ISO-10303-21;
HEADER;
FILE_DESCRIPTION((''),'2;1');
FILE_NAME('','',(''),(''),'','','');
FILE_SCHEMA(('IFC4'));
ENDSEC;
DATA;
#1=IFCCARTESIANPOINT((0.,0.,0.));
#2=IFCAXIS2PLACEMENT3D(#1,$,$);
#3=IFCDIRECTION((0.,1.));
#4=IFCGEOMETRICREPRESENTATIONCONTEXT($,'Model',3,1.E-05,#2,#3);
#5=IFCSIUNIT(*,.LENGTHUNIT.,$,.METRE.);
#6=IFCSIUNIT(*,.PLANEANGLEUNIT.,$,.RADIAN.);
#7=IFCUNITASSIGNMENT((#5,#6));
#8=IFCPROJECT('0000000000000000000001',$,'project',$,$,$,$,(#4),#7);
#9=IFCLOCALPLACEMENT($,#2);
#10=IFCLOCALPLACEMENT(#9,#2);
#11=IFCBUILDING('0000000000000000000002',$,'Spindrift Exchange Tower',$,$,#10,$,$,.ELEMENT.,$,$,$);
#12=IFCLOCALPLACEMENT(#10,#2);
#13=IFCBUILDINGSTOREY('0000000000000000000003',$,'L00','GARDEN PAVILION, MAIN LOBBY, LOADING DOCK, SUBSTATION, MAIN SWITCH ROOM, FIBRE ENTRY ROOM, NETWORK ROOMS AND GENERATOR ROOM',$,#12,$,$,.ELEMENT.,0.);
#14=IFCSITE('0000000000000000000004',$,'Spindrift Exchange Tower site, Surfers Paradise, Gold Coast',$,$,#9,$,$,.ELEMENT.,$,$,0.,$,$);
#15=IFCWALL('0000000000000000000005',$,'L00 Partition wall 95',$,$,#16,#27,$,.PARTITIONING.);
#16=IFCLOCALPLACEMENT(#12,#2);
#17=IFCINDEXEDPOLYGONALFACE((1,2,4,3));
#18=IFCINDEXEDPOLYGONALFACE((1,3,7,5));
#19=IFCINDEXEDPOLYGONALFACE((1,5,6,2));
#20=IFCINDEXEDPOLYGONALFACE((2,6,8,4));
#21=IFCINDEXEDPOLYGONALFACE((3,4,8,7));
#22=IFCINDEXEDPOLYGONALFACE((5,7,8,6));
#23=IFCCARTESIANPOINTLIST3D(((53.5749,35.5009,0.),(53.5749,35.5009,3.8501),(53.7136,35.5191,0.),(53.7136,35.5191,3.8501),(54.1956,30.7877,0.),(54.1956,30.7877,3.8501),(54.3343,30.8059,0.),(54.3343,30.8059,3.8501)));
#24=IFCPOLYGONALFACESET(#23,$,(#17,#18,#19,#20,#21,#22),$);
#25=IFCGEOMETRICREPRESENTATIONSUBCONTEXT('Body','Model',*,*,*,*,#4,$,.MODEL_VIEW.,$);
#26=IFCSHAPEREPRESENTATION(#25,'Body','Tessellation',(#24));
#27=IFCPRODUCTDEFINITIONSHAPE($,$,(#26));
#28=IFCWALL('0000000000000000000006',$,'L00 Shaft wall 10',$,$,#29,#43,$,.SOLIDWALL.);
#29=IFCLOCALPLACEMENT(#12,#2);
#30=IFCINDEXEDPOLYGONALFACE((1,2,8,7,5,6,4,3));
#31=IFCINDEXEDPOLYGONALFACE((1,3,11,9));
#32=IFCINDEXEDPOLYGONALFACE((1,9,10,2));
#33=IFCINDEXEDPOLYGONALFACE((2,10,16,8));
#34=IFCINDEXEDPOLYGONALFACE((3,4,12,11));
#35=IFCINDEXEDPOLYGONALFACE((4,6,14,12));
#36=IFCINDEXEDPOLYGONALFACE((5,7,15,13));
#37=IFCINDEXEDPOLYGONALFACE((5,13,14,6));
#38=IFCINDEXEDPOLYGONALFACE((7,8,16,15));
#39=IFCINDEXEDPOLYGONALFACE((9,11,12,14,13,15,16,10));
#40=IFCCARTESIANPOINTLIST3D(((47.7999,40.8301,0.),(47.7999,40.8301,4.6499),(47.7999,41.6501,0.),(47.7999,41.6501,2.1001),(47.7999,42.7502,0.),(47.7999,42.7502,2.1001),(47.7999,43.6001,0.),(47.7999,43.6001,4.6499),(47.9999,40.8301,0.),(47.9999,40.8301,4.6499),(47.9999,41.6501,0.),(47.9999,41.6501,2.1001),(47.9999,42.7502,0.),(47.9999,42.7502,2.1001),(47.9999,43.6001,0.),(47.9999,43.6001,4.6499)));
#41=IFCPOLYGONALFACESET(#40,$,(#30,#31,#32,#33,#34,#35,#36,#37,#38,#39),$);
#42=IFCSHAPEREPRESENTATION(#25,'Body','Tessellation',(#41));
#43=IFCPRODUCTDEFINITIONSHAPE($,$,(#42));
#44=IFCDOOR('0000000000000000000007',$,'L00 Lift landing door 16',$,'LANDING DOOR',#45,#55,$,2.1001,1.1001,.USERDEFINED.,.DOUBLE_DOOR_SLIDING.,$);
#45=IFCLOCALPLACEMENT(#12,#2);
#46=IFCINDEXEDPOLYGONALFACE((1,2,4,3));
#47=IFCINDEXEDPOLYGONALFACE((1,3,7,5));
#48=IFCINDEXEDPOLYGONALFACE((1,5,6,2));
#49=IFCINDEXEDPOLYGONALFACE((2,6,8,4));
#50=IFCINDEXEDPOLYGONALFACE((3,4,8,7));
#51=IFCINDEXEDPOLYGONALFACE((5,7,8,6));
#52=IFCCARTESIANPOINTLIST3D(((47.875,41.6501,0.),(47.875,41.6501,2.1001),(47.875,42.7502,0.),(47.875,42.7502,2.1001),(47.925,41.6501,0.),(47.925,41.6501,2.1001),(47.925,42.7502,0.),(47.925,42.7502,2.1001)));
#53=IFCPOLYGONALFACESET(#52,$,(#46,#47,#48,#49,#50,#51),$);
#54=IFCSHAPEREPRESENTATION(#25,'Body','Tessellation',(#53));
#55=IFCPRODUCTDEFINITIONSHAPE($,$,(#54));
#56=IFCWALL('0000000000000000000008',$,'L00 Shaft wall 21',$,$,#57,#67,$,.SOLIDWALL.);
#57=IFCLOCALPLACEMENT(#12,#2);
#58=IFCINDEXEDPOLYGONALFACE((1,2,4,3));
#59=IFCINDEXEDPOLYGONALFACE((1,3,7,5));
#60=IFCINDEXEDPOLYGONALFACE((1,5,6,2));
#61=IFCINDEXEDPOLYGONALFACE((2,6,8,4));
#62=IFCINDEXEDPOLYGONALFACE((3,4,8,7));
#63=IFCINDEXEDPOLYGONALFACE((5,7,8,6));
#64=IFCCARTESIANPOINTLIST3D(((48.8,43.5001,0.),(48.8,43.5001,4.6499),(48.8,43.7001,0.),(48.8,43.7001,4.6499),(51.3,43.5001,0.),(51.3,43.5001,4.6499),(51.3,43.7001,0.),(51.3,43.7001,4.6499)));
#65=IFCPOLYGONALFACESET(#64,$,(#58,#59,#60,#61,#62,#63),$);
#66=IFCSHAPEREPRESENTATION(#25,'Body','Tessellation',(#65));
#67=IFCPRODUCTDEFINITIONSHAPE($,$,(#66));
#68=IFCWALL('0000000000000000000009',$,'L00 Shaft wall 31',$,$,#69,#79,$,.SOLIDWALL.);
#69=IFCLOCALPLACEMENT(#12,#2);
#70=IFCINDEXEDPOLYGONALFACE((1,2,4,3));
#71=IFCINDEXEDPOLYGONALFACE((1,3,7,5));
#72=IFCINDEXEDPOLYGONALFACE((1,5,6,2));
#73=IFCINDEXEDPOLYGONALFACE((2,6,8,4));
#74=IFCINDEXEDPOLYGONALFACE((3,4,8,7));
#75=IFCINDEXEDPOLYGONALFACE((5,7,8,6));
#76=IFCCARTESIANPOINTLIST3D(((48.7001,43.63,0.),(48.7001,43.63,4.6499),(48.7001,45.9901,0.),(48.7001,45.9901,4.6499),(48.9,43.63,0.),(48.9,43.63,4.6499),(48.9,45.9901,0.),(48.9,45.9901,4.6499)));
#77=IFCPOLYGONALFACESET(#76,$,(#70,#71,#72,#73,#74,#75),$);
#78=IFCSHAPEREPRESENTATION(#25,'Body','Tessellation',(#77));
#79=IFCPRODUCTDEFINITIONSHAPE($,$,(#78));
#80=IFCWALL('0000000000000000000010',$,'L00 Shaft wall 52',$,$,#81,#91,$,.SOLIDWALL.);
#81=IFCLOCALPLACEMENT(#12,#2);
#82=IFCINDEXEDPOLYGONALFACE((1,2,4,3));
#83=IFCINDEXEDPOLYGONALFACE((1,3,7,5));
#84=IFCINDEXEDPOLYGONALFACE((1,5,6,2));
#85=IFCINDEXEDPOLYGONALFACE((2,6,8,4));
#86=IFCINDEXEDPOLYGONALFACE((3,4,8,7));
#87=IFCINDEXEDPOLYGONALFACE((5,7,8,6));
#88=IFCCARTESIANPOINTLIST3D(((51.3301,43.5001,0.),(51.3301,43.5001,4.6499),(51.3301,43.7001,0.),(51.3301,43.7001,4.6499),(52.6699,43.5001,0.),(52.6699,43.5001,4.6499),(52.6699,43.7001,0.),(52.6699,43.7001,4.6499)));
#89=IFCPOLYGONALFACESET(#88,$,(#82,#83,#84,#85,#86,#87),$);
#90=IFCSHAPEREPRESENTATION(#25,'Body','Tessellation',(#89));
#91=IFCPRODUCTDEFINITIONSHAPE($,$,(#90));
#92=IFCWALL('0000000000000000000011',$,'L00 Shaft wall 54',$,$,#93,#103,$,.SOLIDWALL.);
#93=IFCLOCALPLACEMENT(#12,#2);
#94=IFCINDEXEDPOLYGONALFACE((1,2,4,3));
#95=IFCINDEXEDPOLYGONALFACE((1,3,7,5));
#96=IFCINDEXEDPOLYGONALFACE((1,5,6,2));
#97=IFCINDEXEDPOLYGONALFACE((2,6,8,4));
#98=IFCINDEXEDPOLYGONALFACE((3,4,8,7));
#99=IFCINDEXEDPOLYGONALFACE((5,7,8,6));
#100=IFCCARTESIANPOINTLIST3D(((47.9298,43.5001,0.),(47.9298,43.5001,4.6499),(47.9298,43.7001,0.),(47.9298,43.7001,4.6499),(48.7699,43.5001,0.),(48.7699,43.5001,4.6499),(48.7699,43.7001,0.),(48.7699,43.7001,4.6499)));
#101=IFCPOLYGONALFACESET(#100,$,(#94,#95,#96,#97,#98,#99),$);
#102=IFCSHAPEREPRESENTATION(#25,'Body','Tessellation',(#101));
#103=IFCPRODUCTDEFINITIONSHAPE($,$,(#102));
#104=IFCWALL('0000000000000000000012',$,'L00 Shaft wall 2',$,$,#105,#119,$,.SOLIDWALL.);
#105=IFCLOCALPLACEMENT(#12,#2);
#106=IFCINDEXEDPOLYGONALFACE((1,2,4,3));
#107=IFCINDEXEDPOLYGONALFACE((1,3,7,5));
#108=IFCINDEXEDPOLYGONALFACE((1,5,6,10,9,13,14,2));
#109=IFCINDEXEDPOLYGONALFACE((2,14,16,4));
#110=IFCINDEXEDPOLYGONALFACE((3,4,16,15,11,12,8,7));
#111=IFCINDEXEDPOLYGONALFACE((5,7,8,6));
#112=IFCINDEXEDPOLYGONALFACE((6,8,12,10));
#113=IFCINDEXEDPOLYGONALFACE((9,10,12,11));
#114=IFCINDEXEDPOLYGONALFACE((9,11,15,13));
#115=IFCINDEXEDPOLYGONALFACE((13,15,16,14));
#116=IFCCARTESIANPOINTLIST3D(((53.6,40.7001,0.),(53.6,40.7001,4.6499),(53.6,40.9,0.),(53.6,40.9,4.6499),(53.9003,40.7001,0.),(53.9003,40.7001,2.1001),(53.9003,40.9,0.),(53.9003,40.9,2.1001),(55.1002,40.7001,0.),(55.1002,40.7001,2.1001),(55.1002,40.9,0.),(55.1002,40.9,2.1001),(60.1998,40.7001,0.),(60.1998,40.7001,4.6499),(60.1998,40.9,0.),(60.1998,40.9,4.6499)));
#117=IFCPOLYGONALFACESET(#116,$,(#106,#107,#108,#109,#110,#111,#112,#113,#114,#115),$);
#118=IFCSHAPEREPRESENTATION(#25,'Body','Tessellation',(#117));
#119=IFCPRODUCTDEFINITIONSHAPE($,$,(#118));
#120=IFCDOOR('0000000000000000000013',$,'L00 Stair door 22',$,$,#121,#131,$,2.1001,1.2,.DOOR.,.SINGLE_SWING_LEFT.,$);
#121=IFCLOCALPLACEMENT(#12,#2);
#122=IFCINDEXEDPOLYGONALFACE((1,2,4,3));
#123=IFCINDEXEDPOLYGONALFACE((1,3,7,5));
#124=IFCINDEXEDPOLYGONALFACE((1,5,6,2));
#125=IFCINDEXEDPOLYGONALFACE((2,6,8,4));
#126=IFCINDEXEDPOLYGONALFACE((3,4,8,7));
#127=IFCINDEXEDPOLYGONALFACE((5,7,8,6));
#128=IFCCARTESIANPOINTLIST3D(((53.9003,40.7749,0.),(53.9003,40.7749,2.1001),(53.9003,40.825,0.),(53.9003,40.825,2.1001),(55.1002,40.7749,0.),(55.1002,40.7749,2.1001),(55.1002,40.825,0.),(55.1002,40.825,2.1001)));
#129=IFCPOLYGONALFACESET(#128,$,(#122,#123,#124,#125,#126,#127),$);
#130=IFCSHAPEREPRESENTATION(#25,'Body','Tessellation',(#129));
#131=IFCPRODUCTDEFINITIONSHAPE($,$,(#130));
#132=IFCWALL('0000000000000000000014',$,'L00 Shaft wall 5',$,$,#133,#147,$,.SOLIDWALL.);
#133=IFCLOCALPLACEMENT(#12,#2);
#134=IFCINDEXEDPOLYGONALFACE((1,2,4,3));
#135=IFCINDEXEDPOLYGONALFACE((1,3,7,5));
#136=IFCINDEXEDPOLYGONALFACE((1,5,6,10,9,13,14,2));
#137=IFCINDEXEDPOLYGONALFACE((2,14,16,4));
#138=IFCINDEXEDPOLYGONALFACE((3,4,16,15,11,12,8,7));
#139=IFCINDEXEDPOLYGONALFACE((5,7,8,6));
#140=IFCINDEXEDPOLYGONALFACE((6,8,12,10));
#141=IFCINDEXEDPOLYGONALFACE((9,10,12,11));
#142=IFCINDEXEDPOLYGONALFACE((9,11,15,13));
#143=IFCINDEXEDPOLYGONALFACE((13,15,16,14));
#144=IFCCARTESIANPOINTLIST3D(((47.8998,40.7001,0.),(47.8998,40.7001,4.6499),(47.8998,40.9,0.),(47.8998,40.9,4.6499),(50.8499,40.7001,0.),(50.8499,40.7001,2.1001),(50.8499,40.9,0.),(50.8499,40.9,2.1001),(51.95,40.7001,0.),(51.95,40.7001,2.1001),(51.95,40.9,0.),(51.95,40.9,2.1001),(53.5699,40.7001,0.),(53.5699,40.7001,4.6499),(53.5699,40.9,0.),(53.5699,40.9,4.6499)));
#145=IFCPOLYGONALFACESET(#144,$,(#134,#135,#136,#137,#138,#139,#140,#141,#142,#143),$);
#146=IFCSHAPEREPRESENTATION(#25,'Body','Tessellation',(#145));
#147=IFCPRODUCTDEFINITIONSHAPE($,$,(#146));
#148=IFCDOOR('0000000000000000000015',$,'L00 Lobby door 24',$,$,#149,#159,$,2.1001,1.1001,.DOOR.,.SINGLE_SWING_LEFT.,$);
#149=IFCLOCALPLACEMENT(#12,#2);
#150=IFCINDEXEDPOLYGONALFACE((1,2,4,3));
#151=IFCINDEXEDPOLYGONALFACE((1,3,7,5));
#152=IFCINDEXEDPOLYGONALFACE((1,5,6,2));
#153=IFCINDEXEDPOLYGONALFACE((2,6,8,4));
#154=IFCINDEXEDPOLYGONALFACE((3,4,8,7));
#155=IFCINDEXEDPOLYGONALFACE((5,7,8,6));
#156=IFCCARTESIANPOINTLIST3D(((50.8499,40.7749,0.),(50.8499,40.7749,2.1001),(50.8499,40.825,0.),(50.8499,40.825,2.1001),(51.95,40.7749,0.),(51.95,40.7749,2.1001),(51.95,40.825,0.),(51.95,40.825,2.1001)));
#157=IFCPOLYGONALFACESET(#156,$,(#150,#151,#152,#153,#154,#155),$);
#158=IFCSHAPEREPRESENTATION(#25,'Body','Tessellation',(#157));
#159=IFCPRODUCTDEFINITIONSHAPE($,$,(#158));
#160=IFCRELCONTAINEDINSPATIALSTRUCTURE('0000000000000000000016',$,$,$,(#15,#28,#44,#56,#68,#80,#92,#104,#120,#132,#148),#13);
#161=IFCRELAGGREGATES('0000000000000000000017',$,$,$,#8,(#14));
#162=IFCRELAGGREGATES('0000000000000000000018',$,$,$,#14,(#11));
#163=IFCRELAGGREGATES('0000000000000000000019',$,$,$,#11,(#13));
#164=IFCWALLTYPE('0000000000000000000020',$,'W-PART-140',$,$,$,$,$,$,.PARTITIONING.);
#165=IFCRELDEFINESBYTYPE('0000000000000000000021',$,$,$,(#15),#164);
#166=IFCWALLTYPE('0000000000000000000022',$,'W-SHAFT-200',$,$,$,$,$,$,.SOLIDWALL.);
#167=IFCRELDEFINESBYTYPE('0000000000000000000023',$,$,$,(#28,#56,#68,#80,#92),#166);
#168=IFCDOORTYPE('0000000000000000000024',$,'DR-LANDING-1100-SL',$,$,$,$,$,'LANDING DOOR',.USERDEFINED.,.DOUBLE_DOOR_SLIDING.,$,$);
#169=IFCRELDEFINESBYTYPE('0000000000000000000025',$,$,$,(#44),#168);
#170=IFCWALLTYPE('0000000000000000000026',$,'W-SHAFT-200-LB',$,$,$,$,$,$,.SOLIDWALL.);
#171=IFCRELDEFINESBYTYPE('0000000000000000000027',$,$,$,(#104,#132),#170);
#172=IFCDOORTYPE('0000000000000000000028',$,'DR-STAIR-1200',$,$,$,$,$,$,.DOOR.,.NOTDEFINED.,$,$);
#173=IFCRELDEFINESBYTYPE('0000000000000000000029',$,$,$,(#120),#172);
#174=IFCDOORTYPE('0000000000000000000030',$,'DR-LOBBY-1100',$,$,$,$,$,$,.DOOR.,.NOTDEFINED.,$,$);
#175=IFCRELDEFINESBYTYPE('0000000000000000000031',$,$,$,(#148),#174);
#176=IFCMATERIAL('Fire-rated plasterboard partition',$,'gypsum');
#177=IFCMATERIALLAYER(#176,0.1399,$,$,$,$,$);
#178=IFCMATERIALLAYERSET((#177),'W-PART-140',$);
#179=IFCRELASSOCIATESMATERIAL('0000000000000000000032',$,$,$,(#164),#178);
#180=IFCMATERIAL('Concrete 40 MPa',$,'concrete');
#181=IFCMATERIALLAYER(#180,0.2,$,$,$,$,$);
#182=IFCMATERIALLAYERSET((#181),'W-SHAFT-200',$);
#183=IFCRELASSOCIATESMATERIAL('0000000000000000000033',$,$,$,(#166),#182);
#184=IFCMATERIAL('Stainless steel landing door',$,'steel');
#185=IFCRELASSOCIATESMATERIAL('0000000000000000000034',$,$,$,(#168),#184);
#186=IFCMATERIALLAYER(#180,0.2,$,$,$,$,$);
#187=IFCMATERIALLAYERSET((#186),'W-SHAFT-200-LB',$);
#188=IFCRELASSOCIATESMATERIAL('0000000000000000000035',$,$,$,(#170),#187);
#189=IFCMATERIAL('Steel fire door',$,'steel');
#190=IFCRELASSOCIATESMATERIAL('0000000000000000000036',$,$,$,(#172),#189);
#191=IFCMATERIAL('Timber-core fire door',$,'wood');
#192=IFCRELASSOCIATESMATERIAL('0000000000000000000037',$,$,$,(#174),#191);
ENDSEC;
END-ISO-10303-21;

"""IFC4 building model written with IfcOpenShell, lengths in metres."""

from ifc_helpers import new_model, si_unit, direction, frame, frame_2d, origin, place, context, subcontext, project, spatial, rectangle, extrude, source, transform, mapped, material, layer, layer_set, type_object, element, fill, save


model = new_model("IFC4")

# Units and contexts
model_context = context("Model", 3, precision=1e-05, world=origin(), true_north=direction((0.0, 1.0)))
body_context = subcontext(model_context, "Body", "Model", "MODEL_VIEW")
ifc_project = project(units=[si_unit("LENGTHUNIT", "METRE"), si_unit("PLANEANGLEUNIT", "RADIAN")], contexts=[model_context])

# Site, building, storey
site_placement = place(None, origin())
site = spatial("IfcSite", under=ifc_project, at=site_placement, Name="Spindrift Exchange Tower site, Surfers Paradise, Gold Coast", CompositionType="ELEMENT", RefElevation=0.0)
building_placement = place(site_placement, origin())
building = spatial("IfcBuilding", under=site, at=building_placement, Name="Spindrift Exchange Tower", CompositionType="ELEMENT")
storey_placement = place(building_placement, origin())
storey = spatial("IfcBuildingStorey", under=building, at=storey_placement, Name="L00", Description="GARDEN PAVILION, MAIN LOBBY, LOADING DOCK, SUBSTATION, MAIN SWITCH ROOM, FIBRE ENTRY ROOM, NETWORK ROOMS AND GENERATOR ROOM", CompositionType="ELEMENT", Elevation=0.0)

# Shared definitions
ifc_material_1 = material(Name="Concrete 40 MPa", Category="concrete")

# Wall
ifc_material_2 = material(Name="Fire-rated plasterboard partition", Category="gypsum")
ifc_layer_1 = layer(ifc_material_2, 0.1399)
ifc_layer_set_1 = layer_set([ifc_layer_1], Name="W-PART-140")
wall_type_1 = type_object("IfcWallType", Name="W-PART-140", PredefinedType="PARTITIONING", material=ifc_layer_set_1)
wall_1_placement = place(storey_placement, frame((53.6443, 35.51, 0.0), z_axis=(0.0, 0.0, 1.0), x_axis=(0.130549, -0.991442, 0.0)))
element("IfcWall", 1, at=wall_1_placement, inside=storey, type_object=wall_type_1, Name="L00 Partition wall 95", PredefinedType="PARTITIONING", context=body_context, shape_type="SweptSolid", body=[
    extrude(rectangle(XDim=4.7539, YDim=0.1399, at=frame_2d((2.377, 0.0))), origin(), (0.0, 0.0, 1.0), 3.8501),
])

# Wall, opening, door
ifc_layer_2 = layer(ifc_material_1, 0.2)
ifc_layer_set_2 = layer_set([ifc_layer_2], Name="W-SHAFT-200")
wall_type_2 = type_object("IfcWallType", Name="W-SHAFT-200", PredefinedType="SOLIDWALL", material=ifc_layer_set_2)
wall_2_placement = place(storey_placement, frame((47.8999, 40.8301, 0.0), z_axis=(0.0, 0.0, 1.0), x_axis=(0.0, 1.0, 0.0)))
wall_2 = element("IfcWall", 2, at=wall_2_placement, inside=storey, type_object=wall_type_2, Name="L00 Shaft wall 10", PredefinedType="SOLIDWALL", context=body_context, shape_type="SweptSolid", body=[
    extrude(rectangle(XDim=2.77, YDim=0.2, at=frame_2d((1.385, 0.0))), origin(), (0.0, 0.0, 1.0), 4.6499),
])
opening_1_placement = place(wall_2_placement, frame((0.8201, 0.0, 0.0)))
opening_1 = element("IfcOpeningElement", 3, at=opening_1_placement, cuts=wall_2, PredefinedType="OPENING", context=body_context, shape_type="SweptSolid", body=[
    extrude(rectangle(XDim=1.1001, YDim=2.1001, at=frame_2d((0.55, 1.05))), frame((0.0, 0.1099, 0.0), z_axis=(0.0, -1.0, 0.0), x_axis=(1.0, 0.0, 0.0)), (0.0, 0.0, 1.0), 0.22),
])
ifc_material_3 = material(Name="Stainless steel landing door", Category="steel")
door_type_1 = type_object("IfcDoorType", Name="DR-LANDING-1100-SL", ElementType="LANDING DOOR", OperationType="DOUBLE_DOOR_SLIDING", PredefinedType="USERDEFINED", material=ifc_material_3)
shared_shape_1 = source(origin(), body_context, "Body", "SweptSolid", [
    extrude(rectangle(XDim=1.1001, YDim=2.1001, at=frame_2d((0.55, 1.05))), frame((0.0, 0.0249, 0.0), z_axis=(0.0, -1.0, 0.0), x_axis=(1.0, 0.0, 0.0)), (0.0, 0.0, 1.0), 0.05),
])
door_1_placement = place(opening_1_placement, origin())
door_1 = element("IfcDoor", 4, at=door_1_placement, inside=storey, type_object=door_type_1, Name="L00 Lift landing door 16", ObjectType="LANDING DOOR", OperationType="DOUBLE_DOOR_SLIDING", OverallHeight=2.1001, OverallWidth=1.1001, PredefinedType="USERDEFINED", context=body_context, shape_type="MappedRepresentation", body=[
    mapped(shared_shape_1, transform((0.0, 0.0, 0.0), scale=1.0)),
])
fill(opening_1, door_1)

# Walls
wall_3_placement = place(storey_placement, frame((48.8, 43.6001, 0.0), z_axis=(0.0, 0.0, 1.0), x_axis=(1.0, 0.0, 0.0)))
element("IfcWall", 5, at=wall_3_placement, inside=storey, type_object=wall_type_2, Name="L00 Shaft wall 21", PredefinedType="SOLIDWALL", context=body_context, shape_type="SweptSolid", body=[
    extrude(rectangle(XDim=2.5, YDim=0.2, at=frame_2d((1.25, 0.0))), origin(), (0.0, 0.0, 1.0), 4.6499),
])
wall_4_placement = place(storey_placement, frame((48.8, 43.6299, 0.0), z_axis=(0.0, 0.0, 1.0), x_axis=(0.0, 1.0, 0.0)))
element("IfcWall", 6, at=wall_4_placement, inside=storey, type_object=wall_type_2, Name="L00 Shaft wall 31", PredefinedType="SOLIDWALL", context=body_context, shape_type="SweptSolid", body=[
    extrude(rectangle(XDim=2.3601, YDim=0.2, at=frame_2d((1.1802, 0.0))), origin(), (0.0, 0.0, 1.0), 4.6499),
])
wall_5_placement = place(storey_placement, frame((52.6699, 43.6001, 0.0), z_axis=(0.0, 0.0, 1.0), x_axis=(-1.0, 0.0, 0.0)))
element("IfcWall", 7, at=wall_5_placement, inside=storey, type_object=wall_type_2, Name="L00 Shaft wall 52", PredefinedType="SOLIDWALL", context=body_context, shape_type="SweptSolid", body=[
    extrude(rectangle(XDim=1.3398, YDim=0.2, at=frame_2d((0.6699, 0.0))), origin(), (0.0, 0.0, 1.0), 4.6499),
])
wall_6_placement = place(storey_placement, frame((47.9299, 43.6001, 0.0), z_axis=(0.0, 0.0, 1.0), x_axis=(1.0, 0.0, 0.0)))
element("IfcWall", 8, at=wall_6_placement, inside=storey, type_object=wall_type_2, Name="L00 Shaft wall 54", PredefinedType="SOLIDWALL", context=body_context, shape_type="SweptSolid", body=[
    extrude(rectangle(XDim=0.8401, YDim=0.2, at=frame_2d((0.4199, 0.0))), origin(), (0.0, 0.0, 1.0), 4.6499),
])

# Walls, openings, doors
ifc_layer_3 = layer(ifc_material_1, 0.2)
ifc_layer_set_3 = layer_set([ifc_layer_3], Name="W-SHAFT-200-LB")
wall_type_3 = type_object("IfcWallType", Name="W-SHAFT-200-LB", PredefinedType="SOLIDWALL", material=ifc_layer_set_3)
wall_7_placement = place(storey_placement, frame((53.6001, 40.8, 0.0), z_axis=(0.0, 0.0, 1.0), x_axis=(1.0, 0.0, 0.0)))
wall_7 = element("IfcWall", 9, at=wall_7_placement, inside=storey, type_object=wall_type_3, Name="L00 Shaft wall 2", PredefinedType="SOLIDWALL", context=body_context, shape_type="SweptSolid", body=[
    extrude(rectangle(XDim=6.5999, YDim=0.2, at=frame_2d((3.2998, 0.0))), origin(), (0.0, 0.0, 1.0), 4.6499),
])
opening_2_placement = place(wall_7_placement, frame((0.3, 0.0, 0.0)))
opening_2 = element("IfcOpeningElement", 10, at=opening_2_placement, cuts=wall_7, PredefinedType="OPENING", context=body_context, shape_type="SweptSolid", body=[
    extrude(rectangle(XDim=1.2, YDim=2.1001, at=frame_2d((0.6001, 1.05))), frame((0.0, 0.1099, 0.0), z_axis=(0.0, -1.0, 0.0), x_axis=(1.0, 0.0, 0.0)), (0.0, 0.0, 1.0), 0.22),
])
ifc_material_4 = material(Name="Steel fire door", Category="steel")
door_type_2 = type_object("IfcDoorType", Name="DR-STAIR-1200", OperationType="NOTDEFINED", PredefinedType="DOOR", material=ifc_material_4)
shared_shape_2 = source(origin(), body_context, "Body", "SweptSolid", [
    extrude(rectangle(XDim=1.2, YDim=2.1001, at=frame_2d((0.6001, 1.05))), frame((0.0, 0.0249, 0.0), z_axis=(0.0, -1.0, 0.0), x_axis=(1.0, 0.0, 0.0)), (0.0, 0.0, 1.0), 0.05),
])
door_2_placement = place(opening_2_placement, origin())
door_2 = element("IfcDoor", 11, at=door_2_placement, inside=storey, type_object=door_type_2, Name="L00 Stair door 22", OperationType="SINGLE_SWING_LEFT", OverallHeight=2.1001, OverallWidth=1.2, PredefinedType="DOOR", context=body_context, shape_type="MappedRepresentation", body=[
    mapped(shared_shape_2, transform((0.0, 0.0, 0.0), scale=1.0)),
])
fill(opening_2, door_2)
wall_8_placement = place(storey_placement, frame((47.8999, 40.8, 0.0), z_axis=(0.0, 0.0, 1.0), x_axis=(1.0, 0.0, 0.0)))
wall_8 = element("IfcWall", 12, at=wall_8_placement, inside=storey, type_object=wall_type_3, Name="L00 Shaft wall 5", PredefinedType="SOLIDWALL", context=body_context, shape_type="SweptSolid", body=[
    extrude(rectangle(XDim=5.6702, YDim=0.2, at=frame_2d((2.835, 0.0))), origin(), (0.0, 0.0, 1.0), 4.6499),
])
opening_3_placement = place(wall_8_placement, frame((2.95, 0.0, 0.0)))
opening_3 = element("IfcOpeningElement", 13, at=opening_3_placement, cuts=wall_8, PredefinedType="OPENING", context=body_context, shape_type="SweptSolid", body=[
    extrude(rectangle(XDim=1.1001, YDim=2.1001, at=frame_2d((0.55, 1.05))), frame((0.0, 0.1099, 0.0), z_axis=(0.0, -1.0, 0.0), x_axis=(1.0, 0.0, 0.0)), (0.0, 0.0, 1.0), 0.22),
])
ifc_material_5 = material(Name="Timber-core fire door", Category="wood")
door_type_3 = type_object("IfcDoorType", Name="DR-LOBBY-1100", OperationType="NOTDEFINED", PredefinedType="DOOR", material=ifc_material_5)
shared_shape_3 = source(origin(), body_context, "Body", "SweptSolid", [
    extrude(rectangle(XDim=1.1001, YDim=2.1001, at=frame_2d((0.55, 1.05))), frame((0.0, 0.0249, 0.0), z_axis=(0.0, -1.0, 0.0), x_axis=(1.0, 0.0, 0.0)), (0.0, 0.0, 1.0), 0.05),
])
door_3_placement = place(opening_3_placement, origin())
door_3 = element("IfcDoor", 14, at=door_3_placement, inside=storey, type_object=door_type_3, Name="L00 Lobby door 24", OperationType="SINGLE_SWING_LEFT", OverallHeight=2.1001, OverallWidth=1.1001, PredefinedType="DOOR", context=body_context, shape_type="MappedRepresentation", body=[
    mapped(shared_shape_3, transform((0.0, 0.0, 0.0), scale=1.0)),
])
fill(opening_3, door_3)

save(model, "model.ifc")
